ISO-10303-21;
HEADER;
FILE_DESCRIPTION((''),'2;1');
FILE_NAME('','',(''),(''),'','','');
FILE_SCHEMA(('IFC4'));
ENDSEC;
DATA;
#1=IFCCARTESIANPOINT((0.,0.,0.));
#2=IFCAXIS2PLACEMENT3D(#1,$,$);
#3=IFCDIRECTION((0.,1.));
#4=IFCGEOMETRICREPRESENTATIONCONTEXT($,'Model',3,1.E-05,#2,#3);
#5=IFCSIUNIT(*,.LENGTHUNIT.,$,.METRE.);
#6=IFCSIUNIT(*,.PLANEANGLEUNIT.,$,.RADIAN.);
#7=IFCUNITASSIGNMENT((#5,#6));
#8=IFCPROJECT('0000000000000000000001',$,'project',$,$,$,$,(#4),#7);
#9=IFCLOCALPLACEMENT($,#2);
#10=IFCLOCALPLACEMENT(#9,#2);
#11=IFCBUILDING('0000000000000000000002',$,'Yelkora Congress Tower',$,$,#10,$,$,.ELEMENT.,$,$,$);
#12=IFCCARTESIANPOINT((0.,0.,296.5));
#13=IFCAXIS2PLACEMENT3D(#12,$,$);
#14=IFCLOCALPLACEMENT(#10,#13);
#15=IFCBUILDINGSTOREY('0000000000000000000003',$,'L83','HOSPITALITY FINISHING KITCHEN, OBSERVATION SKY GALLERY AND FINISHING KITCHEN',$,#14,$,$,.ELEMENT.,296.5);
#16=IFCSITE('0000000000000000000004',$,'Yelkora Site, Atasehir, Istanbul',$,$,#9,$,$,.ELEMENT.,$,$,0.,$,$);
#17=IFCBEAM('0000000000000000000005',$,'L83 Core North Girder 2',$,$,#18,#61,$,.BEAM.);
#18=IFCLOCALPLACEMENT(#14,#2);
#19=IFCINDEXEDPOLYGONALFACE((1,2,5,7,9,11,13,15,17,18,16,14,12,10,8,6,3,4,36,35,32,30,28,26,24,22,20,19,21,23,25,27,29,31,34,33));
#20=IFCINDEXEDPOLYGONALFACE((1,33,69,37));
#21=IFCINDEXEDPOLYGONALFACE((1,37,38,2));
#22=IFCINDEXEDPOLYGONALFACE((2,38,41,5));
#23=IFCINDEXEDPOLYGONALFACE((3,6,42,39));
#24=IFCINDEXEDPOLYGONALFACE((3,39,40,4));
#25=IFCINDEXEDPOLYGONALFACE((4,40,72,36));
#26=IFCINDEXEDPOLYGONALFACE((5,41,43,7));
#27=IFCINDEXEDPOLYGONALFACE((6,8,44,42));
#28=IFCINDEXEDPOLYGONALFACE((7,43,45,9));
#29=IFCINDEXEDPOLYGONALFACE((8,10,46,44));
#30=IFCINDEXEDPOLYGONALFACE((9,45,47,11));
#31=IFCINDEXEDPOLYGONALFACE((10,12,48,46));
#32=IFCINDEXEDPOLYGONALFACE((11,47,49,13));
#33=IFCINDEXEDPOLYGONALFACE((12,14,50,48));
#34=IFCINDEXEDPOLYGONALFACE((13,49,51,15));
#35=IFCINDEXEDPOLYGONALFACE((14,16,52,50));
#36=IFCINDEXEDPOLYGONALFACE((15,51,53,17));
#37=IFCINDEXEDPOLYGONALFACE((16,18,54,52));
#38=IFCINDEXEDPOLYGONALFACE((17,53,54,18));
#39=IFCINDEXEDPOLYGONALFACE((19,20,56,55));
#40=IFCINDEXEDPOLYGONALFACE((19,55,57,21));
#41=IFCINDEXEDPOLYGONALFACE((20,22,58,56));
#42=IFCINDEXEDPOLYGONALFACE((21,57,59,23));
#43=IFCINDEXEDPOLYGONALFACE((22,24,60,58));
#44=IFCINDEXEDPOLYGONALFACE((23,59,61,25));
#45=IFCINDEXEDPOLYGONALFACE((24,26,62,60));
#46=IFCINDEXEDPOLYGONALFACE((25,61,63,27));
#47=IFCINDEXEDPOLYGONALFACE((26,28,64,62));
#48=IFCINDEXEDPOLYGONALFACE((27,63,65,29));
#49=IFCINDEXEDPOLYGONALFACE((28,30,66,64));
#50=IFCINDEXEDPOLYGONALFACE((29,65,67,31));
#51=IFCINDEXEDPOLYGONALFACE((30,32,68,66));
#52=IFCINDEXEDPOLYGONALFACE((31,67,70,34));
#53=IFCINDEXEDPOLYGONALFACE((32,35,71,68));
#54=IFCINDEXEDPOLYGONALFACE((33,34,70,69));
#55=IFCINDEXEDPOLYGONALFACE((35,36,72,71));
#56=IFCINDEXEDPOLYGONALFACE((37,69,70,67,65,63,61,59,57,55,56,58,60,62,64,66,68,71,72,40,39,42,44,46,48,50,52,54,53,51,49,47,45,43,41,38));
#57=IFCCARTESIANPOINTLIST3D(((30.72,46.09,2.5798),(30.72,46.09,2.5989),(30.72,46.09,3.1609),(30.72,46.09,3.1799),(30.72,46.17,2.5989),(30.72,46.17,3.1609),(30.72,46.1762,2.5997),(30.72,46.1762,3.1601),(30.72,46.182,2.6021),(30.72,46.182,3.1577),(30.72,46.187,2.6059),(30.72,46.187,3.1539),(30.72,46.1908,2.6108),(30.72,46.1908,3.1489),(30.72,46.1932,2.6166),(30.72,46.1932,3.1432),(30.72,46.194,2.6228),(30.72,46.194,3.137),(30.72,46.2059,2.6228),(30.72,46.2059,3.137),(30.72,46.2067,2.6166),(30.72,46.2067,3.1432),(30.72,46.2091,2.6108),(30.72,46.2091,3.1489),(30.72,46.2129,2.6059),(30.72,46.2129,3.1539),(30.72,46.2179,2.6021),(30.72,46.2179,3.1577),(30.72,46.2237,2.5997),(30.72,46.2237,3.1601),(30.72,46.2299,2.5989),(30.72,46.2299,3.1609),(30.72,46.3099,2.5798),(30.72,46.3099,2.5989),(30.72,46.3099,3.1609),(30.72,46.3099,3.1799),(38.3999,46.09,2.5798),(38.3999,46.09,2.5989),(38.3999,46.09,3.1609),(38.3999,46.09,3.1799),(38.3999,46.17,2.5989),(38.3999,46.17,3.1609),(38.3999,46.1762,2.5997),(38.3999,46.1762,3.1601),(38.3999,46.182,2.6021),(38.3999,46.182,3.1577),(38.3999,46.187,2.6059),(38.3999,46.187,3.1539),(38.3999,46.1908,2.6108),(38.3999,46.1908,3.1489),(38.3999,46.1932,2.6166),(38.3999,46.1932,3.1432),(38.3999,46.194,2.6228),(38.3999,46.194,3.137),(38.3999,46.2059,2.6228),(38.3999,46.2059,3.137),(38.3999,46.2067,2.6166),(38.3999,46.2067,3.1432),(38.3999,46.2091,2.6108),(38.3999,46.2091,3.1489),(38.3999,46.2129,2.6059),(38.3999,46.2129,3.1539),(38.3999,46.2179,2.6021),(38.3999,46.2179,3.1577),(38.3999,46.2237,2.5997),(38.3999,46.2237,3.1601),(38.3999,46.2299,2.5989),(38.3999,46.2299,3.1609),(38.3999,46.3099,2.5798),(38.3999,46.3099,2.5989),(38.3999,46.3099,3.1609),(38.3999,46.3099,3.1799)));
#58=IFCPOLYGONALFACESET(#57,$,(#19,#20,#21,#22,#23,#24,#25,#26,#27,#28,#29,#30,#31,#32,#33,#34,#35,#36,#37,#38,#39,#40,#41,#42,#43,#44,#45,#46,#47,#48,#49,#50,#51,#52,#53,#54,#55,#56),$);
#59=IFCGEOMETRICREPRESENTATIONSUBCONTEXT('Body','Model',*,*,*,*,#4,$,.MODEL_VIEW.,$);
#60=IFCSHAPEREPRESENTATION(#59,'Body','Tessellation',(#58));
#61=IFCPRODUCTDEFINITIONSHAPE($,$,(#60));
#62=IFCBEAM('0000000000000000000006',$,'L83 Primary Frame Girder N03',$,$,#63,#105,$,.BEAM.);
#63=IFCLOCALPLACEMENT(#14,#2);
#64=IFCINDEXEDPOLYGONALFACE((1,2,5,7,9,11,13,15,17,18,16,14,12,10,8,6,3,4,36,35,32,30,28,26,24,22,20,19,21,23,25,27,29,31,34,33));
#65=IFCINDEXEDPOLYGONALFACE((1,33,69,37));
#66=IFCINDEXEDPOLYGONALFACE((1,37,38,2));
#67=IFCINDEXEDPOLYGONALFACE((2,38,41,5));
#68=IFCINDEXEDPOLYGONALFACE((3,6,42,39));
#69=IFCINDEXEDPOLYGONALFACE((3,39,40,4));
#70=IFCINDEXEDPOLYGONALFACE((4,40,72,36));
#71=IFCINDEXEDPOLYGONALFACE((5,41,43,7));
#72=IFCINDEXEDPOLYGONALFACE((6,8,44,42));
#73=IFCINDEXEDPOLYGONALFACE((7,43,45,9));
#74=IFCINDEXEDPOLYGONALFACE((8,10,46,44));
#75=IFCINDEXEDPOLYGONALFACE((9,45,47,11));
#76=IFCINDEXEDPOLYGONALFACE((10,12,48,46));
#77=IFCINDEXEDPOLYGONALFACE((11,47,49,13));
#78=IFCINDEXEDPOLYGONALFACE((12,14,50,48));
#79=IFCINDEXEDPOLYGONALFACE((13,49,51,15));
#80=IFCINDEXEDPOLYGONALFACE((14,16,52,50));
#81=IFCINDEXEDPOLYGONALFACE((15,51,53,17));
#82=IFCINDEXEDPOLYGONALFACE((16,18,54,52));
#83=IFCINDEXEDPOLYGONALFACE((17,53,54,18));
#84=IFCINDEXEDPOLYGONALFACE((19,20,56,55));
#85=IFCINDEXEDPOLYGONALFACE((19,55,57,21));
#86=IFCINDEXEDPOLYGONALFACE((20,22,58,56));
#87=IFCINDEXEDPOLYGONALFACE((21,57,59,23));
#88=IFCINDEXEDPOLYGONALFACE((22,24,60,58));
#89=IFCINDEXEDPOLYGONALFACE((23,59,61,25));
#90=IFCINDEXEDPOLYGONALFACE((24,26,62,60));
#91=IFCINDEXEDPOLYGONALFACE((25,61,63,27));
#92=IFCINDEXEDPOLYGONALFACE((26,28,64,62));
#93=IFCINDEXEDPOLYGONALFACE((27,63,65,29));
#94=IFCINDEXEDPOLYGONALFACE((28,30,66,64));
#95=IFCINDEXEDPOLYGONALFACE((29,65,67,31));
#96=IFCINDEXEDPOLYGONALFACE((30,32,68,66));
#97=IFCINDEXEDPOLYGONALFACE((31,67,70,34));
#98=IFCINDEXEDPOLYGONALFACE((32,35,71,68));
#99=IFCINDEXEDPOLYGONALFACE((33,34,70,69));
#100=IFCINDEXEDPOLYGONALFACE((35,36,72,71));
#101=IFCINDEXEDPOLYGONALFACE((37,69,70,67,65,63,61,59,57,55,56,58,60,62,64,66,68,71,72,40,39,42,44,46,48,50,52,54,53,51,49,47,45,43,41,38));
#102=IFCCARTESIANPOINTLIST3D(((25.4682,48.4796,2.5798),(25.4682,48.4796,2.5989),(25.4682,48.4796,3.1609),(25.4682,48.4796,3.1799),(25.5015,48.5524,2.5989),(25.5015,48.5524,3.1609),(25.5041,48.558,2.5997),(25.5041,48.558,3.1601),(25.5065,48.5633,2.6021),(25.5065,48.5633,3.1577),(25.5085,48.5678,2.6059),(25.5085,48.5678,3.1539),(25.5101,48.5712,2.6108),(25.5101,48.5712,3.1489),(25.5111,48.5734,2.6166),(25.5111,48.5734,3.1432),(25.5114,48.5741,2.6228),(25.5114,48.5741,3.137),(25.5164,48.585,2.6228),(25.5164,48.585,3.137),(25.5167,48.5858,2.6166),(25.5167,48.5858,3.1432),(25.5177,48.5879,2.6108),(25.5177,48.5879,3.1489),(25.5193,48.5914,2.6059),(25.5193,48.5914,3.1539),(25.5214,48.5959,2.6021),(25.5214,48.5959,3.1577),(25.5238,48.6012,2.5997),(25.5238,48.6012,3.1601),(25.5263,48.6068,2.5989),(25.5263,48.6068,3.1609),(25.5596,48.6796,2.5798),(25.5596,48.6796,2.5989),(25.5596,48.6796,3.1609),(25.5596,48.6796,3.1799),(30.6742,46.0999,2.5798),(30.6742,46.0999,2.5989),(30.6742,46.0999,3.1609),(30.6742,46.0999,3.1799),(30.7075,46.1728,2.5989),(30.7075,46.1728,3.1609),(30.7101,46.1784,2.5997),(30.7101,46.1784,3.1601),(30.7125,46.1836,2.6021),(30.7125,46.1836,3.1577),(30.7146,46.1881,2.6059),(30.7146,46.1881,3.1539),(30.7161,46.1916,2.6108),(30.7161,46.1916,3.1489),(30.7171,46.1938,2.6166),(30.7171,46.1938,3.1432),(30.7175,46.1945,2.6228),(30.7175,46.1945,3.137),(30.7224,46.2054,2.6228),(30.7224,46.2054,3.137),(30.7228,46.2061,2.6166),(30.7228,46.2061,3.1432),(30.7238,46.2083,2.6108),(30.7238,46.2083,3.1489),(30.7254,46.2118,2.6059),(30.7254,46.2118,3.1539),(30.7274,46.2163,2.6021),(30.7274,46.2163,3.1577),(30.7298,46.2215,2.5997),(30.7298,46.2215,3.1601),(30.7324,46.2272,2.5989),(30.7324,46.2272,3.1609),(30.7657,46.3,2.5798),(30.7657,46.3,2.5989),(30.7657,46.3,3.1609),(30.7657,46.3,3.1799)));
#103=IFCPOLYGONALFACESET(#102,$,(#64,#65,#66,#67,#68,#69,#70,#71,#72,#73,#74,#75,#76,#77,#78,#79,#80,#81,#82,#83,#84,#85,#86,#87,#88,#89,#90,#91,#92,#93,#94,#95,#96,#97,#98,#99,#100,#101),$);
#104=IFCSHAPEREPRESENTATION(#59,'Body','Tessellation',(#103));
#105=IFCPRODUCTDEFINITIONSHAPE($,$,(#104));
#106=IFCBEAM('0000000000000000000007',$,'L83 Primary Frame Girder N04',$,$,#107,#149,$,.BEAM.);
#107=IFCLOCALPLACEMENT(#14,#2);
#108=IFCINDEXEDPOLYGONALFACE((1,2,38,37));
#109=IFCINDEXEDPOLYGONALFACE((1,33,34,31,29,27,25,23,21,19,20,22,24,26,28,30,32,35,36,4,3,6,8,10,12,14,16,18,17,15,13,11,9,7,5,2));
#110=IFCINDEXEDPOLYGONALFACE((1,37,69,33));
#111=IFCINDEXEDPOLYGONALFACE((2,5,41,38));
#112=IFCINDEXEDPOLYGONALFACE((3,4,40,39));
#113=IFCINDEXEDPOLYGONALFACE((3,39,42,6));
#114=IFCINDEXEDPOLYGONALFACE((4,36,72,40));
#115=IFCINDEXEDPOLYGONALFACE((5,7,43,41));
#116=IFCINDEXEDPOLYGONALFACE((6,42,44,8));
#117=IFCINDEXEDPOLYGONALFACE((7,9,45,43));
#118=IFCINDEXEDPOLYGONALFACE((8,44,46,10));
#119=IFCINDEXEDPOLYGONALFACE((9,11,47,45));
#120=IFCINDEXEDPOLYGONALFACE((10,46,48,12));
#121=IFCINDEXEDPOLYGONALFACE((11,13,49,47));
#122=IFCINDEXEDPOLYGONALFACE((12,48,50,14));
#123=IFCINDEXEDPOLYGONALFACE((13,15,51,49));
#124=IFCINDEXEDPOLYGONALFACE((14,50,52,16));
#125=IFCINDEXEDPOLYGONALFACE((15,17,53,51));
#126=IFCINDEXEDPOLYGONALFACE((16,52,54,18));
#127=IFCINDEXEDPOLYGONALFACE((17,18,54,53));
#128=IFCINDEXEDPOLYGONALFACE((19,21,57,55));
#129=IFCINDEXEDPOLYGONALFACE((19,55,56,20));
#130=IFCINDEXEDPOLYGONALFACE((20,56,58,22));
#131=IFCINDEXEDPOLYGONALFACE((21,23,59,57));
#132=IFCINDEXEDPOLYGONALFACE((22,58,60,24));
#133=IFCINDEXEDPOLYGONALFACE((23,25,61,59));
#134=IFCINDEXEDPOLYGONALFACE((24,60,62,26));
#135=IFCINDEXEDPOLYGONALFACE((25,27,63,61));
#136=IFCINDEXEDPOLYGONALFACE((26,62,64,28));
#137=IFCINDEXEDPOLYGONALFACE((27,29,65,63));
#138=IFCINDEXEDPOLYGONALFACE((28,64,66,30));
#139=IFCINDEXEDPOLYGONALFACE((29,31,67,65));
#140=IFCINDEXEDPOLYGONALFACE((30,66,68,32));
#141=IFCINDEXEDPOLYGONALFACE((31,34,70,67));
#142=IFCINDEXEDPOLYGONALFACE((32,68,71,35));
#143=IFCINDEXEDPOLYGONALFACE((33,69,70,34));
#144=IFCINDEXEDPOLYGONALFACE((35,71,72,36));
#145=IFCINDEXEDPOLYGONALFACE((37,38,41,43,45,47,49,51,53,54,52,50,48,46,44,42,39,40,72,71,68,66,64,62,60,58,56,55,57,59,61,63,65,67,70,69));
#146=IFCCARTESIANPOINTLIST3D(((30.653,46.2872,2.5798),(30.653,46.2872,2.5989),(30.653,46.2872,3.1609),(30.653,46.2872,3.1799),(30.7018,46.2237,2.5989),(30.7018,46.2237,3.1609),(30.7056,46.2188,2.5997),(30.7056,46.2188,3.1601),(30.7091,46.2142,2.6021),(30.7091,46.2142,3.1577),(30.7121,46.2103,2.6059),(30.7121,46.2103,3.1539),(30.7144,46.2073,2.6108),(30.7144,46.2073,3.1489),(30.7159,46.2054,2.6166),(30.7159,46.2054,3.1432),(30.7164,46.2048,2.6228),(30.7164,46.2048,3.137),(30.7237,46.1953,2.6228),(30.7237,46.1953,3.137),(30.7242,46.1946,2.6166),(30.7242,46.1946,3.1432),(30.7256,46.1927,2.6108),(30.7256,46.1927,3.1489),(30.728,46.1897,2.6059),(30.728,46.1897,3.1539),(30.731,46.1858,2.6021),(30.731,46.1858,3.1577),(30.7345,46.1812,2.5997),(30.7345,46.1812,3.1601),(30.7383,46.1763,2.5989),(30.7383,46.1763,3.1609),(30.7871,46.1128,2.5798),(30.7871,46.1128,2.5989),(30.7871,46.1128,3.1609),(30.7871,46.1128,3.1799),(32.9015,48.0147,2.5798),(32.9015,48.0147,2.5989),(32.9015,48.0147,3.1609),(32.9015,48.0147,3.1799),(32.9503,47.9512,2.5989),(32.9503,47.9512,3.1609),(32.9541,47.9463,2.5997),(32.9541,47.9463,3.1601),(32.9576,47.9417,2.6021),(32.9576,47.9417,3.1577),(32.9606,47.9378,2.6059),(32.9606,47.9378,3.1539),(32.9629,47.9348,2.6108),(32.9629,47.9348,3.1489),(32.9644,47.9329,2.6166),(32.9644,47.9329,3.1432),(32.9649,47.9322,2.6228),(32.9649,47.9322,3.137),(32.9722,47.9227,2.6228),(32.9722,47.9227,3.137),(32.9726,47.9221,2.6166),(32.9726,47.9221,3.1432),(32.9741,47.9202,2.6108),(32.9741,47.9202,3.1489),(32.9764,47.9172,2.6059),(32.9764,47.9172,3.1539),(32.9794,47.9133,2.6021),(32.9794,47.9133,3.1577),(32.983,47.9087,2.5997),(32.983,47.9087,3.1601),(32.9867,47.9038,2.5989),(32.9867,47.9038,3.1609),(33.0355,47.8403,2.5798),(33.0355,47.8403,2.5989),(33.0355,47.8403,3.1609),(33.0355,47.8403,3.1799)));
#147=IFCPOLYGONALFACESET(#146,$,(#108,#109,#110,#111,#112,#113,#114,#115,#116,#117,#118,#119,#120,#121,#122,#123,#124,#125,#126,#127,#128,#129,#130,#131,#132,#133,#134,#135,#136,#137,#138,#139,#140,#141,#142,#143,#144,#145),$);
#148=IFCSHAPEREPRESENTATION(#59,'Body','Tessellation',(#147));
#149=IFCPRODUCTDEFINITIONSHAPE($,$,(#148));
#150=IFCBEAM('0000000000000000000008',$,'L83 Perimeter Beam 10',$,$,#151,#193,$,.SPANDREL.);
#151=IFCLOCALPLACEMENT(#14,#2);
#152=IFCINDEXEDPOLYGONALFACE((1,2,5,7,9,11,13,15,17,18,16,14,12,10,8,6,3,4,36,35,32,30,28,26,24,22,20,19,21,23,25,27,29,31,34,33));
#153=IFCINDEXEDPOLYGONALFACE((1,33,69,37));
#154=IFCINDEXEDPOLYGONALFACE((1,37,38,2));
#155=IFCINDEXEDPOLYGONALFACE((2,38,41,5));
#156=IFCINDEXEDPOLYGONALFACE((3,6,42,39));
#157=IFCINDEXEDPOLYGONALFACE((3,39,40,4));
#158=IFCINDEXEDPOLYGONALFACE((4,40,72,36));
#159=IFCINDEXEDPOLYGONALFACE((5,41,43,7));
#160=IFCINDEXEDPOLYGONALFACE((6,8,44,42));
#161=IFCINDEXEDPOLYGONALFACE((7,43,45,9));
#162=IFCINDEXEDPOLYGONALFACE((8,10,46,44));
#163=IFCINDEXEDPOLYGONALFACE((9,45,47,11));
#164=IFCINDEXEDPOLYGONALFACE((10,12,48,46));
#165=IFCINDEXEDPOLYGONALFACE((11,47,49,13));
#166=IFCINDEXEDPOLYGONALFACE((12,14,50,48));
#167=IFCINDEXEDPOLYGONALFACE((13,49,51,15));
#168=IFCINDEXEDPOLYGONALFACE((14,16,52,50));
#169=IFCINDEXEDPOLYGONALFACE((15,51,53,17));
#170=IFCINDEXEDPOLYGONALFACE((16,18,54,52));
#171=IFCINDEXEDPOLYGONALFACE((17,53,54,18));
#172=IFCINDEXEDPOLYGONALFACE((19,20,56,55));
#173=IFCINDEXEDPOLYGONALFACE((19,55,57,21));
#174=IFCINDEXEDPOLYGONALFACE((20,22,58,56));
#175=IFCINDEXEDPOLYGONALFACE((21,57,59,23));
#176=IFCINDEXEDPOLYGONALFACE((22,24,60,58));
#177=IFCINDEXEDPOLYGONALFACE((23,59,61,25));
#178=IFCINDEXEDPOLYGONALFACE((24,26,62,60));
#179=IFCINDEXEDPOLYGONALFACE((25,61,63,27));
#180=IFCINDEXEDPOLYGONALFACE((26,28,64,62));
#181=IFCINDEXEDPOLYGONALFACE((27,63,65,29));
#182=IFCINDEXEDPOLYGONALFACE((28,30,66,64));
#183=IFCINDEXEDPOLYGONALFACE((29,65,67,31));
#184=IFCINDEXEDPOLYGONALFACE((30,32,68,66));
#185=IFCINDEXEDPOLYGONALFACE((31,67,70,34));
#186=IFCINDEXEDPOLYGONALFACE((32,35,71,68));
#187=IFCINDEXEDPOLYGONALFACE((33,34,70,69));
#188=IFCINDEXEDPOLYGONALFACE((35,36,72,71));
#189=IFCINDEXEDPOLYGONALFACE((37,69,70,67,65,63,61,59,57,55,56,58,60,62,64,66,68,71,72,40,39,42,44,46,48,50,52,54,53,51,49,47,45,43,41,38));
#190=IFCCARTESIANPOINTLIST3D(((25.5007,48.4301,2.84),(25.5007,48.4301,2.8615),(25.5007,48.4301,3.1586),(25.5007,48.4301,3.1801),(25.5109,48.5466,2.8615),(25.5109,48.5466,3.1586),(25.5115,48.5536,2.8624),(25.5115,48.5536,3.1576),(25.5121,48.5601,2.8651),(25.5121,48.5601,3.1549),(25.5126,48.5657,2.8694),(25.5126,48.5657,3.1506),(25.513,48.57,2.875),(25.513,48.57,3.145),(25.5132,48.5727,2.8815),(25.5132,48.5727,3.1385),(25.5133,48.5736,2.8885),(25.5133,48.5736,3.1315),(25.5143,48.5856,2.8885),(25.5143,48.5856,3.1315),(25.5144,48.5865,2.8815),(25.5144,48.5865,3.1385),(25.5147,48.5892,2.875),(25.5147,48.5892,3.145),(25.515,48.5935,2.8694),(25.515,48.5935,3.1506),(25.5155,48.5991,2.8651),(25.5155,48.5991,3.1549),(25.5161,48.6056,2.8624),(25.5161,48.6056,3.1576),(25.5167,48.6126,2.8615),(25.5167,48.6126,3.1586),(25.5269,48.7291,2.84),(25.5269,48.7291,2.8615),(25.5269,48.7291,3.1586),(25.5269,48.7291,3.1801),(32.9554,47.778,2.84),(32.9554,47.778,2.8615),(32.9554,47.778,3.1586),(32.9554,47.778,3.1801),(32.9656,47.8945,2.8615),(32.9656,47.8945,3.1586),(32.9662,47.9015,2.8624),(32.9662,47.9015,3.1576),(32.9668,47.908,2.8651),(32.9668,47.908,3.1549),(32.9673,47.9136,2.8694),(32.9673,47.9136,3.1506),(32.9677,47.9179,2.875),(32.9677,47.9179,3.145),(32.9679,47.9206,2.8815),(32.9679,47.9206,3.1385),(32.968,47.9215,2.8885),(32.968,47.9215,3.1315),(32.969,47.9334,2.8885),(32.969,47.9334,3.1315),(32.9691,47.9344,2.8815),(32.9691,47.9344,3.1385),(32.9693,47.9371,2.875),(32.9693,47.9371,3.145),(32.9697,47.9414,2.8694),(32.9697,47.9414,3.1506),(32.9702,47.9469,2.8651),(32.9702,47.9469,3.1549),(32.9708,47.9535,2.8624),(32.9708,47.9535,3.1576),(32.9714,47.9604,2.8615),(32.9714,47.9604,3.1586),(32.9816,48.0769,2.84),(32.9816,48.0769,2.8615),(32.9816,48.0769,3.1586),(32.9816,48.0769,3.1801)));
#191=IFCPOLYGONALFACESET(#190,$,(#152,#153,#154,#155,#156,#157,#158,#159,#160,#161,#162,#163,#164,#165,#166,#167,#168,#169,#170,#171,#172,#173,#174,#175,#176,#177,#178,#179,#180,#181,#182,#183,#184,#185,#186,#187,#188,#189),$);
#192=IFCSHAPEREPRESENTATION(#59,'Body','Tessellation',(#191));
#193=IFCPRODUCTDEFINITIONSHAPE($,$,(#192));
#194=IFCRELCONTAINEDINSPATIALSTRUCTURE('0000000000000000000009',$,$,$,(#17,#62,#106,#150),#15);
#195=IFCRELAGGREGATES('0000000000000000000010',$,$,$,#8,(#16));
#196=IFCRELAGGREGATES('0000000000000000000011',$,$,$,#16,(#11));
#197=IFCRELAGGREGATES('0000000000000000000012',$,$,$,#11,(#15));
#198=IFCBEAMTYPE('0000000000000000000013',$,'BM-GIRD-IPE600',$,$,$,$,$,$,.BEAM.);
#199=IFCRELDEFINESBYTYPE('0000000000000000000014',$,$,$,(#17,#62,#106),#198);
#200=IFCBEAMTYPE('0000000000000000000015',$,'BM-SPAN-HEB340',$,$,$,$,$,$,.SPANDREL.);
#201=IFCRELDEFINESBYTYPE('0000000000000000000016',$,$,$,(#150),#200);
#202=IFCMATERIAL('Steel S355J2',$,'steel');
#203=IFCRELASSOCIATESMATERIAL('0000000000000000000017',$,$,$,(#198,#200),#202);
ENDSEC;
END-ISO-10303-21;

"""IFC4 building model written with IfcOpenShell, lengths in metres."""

from ifc_helpers import new_model, si_unit, direction, frame, origin, origin_2d, place, context, subcontext, project, spatial, i_section, extrude, material, material_profile, profile_set, type_object, element, save


model = new_model("IFC4")

# Units and contexts
model_context = context("Model", 3, precision=1e-05, world=origin(), true_north=direction((0.0, 1.0)))
body_context = subcontext(model_context, "Body", "Model", "MODEL_VIEW")
ifc_project = project(units=[si_unit("LENGTHUNIT", "METRE"), si_unit("PLANEANGLEUNIT", "RADIAN")], contexts=[model_context])

# Site, building, storey
site_placement = place(None, origin())
site = spatial("IfcSite", under=ifc_project, at=site_placement, Name="Yelkora Site, Atasehir, Istanbul", CompositionType="ELEMENT", RefElevation=0.0)
building_placement = place(site_placement, origin())
building = spatial("IfcBuilding", under=site, at=building_placement, Name="Yelkora Congress Tower", CompositionType="ELEMENT")
storey_placement = place(building_placement, frame((0.0, 0.0, 296.5)))
storey = spatial("IfcBuildingStorey", under=building, at=storey_placement, Name="L83", Description="HOSPITALITY FINISHING KITCHEN, OBSERVATION SKY GALLERY AND FINISHING KITCHEN", CompositionType="ELEMENT", Elevation=296.5)

# Shared definitions
ifc_material_1 = material(Name="Steel S355J2", Category="steel")

# Beams
ifc_material_profile_1 = material_profile(ifc_material_1, i_section(OverallWidth=0.22, OverallDepth=0.6001, WebThickness=0.012, FlangeThickness=0.019, FilletRadius=0.0239, at=origin_2d()), Name="IPE 600")
ifc_profile_set_1 = profile_set([ifc_material_profile_1], Name="Steel S355J2")
beam_type_1 = type_object("IfcBeamType", Name="BM-GIRD-IPE600", PredefinedType="BEAM", material=ifc_profile_set_1)
beam_1_placement = place(storey_placement, frame((30.72, 46.2, 2.8799), z_axis=(1.0, 0.0, 0.0), x_axis=(0.0, 1.0, 0.0)))
element("IfcBeam", 1, at=beam_1_placement, inside=storey, type_object=beam_type_1, Name="L83 Core North Girder 2", PredefinedType="BEAM", context=body_context, shape_type="SweptSolid", body=[
    extrude(i_section(OverallWidth=0.22, OverallDepth=0.6001, WebThickness=0.012, FlangeThickness=0.019, FilletRadius=0.0239, at=origin_2d()), origin(), (0.0, 0.0, 1.0), 7.6799),
])
beam_2_placement = place(storey_placement, frame((25.5139, 48.5796, 2.8799), z_axis=(0.909492, -0.41572, 0.0), x_axis=(0.41572, 0.909492, 0.0)))
element("IfcBeam", 2, at=beam_2_placement, inside=storey, type_object=beam_type_1, Name="L83 Primary Frame Girder N03", PredefinedType="BEAM", context=body_context, shape_type="SweptSolid", body=[
    extrude(i_section(OverallWidth=0.22, OverallDepth=0.6001, WebThickness=0.012, FlangeThickness=0.019, FilletRadius=0.0239, at=origin_2d()), origin(), (0.0, 0.0, 1.0), 5.7241),
])
beam_3_placement = place(storey_placement, frame((32.9685, 47.9275, 2.8799), z_axis=(-0.792982, -0.609245, 0.0), x_axis=(0.609245, -0.792982, 0.0)))
element("IfcBeam", 3, at=beam_3_placement, inside=storey, type_object=beam_type_1, Name="L83 Primary Frame Girder N04", PredefinedType="BEAM", context=body_context, shape_type="SweptSolid", body=[
    extrude(i_section(OverallWidth=0.22, OverallDepth=0.6001, WebThickness=0.012, FlangeThickness=0.019, FilletRadius=0.0239, at=origin_2d()), origin(), (0.0, 0.0, 1.0), 2.8354),
])
ifc_material_profile_2 = material_profile(ifc_material_1, i_section(OverallWidth=0.3, OverallDepth=0.3401, WebThickness=0.012, FlangeThickness=0.0215, FilletRadius=0.0271, at=origin_2d()), Name="HEB 340")
ifc_profile_set_2 = profile_set([ifc_material_profile_2], Name="Steel S355J2")
beam_type_2 = type_object("IfcBeamType", Name="BM-SPAN-HEB340", PredefinedType="SPANDREL", material=ifc_profile_set_2)
beam_4_placement = place(storey_placement, frame((32.9685, 47.9275, 3.01), z_axis=(-0.996196, 0.087143, 0.0), x_axis=(-0.087143, -0.996196, 0.0)))
element("IfcBeam", 4, at=beam_4_placement, inside=storey, type_object=beam_type_2, Name="L83 Perimeter Beam 10", PredefinedType="SPANDREL", context=body_context, shape_type="SweptSolid", body=[
    extrude(i_section(OverallWidth=0.3, OverallDepth=0.3401, WebThickness=0.012, FlangeThickness=0.0215, FilletRadius=0.0271, at=origin_2d()), origin(), (0.0, 0.0, 1.0), 7.4832),
])

save(model, "model.ifc")
